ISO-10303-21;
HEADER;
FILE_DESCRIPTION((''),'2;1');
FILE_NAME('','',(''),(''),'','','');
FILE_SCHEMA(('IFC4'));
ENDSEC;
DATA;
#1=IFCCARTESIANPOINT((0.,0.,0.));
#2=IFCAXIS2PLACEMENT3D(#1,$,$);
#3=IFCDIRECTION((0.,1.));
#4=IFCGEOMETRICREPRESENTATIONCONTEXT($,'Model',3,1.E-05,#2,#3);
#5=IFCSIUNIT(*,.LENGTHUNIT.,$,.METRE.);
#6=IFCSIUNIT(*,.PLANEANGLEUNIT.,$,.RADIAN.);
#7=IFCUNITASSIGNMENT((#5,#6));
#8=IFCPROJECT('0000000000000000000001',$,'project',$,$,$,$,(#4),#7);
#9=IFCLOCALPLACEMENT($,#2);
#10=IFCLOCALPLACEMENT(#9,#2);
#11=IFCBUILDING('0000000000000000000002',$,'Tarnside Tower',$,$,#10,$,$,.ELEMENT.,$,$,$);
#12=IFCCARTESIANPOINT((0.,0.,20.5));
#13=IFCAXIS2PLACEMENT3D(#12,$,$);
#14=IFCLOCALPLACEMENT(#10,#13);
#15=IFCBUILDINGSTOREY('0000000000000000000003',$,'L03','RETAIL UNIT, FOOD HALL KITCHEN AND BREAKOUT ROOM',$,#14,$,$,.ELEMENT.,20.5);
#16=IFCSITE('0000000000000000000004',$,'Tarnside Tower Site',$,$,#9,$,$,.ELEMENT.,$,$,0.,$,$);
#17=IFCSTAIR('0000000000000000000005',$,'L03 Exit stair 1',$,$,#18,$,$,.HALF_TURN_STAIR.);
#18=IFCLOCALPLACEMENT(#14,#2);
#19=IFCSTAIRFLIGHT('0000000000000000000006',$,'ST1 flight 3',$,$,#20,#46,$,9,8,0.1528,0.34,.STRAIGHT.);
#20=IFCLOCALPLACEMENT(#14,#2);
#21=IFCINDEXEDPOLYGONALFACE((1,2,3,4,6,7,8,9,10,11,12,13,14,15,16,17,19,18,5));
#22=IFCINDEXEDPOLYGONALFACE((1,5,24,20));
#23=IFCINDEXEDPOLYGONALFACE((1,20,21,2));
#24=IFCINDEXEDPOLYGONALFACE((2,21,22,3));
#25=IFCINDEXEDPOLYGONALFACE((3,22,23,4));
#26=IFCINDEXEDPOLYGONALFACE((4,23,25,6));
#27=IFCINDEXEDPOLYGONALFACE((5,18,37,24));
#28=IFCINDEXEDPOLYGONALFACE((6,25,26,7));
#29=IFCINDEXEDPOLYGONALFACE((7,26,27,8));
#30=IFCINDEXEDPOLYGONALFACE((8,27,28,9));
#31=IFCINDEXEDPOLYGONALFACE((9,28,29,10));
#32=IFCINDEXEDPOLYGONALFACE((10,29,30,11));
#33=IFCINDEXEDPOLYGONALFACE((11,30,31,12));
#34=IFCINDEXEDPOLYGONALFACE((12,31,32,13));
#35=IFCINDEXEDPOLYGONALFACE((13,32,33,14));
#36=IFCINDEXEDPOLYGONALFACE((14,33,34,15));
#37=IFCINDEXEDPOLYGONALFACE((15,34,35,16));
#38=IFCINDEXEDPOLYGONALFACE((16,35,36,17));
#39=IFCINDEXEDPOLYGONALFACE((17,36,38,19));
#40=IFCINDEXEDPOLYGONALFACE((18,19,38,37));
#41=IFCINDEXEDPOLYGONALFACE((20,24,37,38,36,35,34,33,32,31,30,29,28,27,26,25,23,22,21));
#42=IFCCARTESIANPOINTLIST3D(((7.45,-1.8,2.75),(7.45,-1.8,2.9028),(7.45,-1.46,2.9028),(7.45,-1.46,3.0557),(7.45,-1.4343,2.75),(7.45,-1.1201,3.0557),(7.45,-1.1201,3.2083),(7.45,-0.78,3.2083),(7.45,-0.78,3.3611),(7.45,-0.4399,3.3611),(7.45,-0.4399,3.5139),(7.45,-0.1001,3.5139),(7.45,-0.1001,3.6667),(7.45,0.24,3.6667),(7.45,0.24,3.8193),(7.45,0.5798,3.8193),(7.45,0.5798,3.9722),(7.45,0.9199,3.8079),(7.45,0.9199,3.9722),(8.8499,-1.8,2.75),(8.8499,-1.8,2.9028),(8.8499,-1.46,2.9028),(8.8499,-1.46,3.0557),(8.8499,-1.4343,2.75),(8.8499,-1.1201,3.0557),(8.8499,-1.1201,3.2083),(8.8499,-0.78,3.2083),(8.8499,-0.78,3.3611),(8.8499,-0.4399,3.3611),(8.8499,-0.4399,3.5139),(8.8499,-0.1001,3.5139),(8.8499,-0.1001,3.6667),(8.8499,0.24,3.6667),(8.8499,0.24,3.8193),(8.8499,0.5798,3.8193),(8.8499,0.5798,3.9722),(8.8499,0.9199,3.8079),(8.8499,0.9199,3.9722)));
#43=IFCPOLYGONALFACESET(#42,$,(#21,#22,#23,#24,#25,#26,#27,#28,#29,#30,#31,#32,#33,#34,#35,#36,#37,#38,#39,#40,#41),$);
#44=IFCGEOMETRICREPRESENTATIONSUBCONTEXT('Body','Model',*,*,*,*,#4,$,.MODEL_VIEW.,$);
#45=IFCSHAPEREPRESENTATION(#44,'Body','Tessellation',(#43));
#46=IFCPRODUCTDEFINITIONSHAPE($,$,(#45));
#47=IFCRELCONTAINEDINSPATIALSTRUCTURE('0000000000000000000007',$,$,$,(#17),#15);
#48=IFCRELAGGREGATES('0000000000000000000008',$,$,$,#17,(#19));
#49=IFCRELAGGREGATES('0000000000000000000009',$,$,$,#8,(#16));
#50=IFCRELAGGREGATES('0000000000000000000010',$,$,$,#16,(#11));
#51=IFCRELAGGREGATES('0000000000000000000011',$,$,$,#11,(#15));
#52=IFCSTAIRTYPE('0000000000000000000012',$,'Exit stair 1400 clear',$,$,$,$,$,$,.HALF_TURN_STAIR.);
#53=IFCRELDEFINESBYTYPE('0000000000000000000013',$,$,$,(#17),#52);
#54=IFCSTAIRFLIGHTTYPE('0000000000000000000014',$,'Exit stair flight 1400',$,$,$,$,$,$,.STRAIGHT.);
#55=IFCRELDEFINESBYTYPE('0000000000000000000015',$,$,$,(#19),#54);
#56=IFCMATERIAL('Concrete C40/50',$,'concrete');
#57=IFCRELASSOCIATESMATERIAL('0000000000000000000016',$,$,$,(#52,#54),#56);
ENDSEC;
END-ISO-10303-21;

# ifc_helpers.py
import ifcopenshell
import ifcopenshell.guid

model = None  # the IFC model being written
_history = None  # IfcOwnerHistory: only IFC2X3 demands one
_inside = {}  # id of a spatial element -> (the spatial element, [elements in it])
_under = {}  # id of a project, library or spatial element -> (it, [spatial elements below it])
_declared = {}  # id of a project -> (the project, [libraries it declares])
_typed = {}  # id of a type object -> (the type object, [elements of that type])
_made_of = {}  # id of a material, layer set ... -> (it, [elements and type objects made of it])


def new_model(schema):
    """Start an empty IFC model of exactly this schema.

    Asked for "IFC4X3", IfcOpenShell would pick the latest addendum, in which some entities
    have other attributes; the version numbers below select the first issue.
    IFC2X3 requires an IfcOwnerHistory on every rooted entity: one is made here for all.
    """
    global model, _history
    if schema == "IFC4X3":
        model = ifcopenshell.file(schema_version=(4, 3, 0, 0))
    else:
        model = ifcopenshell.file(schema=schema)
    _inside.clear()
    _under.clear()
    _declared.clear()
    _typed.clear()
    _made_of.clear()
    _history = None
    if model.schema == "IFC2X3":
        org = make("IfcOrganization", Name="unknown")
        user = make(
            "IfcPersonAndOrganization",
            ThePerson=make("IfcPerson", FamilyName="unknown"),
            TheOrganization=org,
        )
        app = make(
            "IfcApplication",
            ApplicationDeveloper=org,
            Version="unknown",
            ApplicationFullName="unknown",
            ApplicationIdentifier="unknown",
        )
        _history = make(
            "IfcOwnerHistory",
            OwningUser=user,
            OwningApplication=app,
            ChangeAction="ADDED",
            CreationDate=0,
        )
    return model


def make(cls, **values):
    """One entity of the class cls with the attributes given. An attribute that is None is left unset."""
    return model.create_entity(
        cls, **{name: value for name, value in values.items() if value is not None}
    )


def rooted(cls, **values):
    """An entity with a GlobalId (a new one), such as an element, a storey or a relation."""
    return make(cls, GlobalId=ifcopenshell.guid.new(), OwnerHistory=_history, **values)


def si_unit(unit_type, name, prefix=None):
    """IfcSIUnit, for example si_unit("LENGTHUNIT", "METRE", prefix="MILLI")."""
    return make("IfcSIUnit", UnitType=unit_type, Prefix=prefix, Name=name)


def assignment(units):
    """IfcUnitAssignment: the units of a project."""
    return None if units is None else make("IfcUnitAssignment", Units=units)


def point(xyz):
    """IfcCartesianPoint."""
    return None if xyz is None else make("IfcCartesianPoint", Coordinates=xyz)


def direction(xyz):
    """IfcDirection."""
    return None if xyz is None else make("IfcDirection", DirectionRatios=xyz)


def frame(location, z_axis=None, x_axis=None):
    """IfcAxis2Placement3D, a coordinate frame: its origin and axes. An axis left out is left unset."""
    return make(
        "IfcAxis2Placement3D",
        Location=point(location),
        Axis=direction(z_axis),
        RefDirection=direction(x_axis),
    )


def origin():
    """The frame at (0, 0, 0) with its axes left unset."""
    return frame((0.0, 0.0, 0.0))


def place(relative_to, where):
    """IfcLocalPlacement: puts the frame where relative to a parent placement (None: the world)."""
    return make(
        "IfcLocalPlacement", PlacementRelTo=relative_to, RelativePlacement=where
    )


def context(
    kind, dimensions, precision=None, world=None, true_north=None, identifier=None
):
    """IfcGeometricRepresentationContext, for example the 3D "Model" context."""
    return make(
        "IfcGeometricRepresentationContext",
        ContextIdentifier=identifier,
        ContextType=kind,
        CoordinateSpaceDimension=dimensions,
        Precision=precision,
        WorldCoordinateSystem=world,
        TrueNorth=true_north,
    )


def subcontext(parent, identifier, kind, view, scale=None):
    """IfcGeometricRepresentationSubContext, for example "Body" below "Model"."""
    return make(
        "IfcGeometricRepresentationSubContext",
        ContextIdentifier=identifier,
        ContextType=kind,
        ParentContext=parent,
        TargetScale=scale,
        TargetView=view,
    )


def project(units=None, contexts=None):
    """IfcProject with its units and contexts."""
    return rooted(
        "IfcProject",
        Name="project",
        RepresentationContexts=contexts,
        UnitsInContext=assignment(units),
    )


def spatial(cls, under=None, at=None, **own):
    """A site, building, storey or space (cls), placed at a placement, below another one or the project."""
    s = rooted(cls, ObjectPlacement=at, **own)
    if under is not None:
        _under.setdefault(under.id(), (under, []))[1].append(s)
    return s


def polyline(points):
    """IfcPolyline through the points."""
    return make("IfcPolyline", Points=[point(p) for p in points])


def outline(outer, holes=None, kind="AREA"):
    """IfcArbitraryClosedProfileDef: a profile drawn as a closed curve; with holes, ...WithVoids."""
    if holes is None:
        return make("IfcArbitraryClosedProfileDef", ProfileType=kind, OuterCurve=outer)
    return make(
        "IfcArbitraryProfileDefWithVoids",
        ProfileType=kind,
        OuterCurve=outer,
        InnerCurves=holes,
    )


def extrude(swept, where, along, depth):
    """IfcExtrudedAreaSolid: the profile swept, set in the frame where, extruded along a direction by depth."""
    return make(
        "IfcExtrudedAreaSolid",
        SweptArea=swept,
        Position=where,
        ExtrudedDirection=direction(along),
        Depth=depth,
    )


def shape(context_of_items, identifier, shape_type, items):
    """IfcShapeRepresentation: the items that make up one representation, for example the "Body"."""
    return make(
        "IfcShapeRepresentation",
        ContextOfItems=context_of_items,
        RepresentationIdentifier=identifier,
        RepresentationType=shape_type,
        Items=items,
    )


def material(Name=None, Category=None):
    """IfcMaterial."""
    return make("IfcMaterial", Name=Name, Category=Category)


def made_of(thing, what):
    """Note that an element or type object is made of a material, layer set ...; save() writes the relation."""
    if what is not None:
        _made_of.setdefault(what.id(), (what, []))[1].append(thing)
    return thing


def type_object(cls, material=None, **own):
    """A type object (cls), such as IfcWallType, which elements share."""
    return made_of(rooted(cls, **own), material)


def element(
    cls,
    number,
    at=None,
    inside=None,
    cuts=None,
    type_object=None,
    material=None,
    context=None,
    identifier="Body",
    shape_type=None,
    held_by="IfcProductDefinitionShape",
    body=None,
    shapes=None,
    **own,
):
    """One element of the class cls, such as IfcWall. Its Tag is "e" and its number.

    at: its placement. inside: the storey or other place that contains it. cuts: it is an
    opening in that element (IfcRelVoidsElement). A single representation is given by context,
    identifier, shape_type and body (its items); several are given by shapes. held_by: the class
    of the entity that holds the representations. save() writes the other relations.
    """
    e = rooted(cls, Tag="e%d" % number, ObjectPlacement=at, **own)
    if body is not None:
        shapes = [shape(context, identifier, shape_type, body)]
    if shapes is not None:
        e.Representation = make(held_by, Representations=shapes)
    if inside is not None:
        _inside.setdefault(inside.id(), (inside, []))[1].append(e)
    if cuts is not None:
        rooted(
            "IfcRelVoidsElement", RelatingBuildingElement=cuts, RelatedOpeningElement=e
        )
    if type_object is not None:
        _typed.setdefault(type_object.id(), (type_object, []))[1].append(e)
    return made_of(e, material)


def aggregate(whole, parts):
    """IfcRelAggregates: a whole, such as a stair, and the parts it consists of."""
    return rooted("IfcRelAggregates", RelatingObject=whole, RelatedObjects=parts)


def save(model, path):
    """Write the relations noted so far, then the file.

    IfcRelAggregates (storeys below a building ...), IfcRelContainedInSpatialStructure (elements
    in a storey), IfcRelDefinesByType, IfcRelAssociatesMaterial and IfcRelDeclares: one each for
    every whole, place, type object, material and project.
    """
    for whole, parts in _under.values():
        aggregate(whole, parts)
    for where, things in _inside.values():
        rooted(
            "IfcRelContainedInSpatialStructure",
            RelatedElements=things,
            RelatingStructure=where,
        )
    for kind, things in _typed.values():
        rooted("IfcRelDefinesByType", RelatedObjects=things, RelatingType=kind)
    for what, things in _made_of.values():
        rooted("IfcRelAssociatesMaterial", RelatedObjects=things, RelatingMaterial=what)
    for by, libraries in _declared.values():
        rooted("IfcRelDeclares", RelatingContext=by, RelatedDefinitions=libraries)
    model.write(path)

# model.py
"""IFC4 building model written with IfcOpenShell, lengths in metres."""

from ifc_helpers import new_model, si_unit, direction, frame, origin, place, context, subcontext, project, spatial, polyline, outline, extrude, material, type_object, element, aggregate, save


model = new_model("IFC4")

# Units and contexts
model_context = context("Model", 3, precision=1e-05, world=origin(), true_north=direction((0.0, 1.0)))
body_context = subcontext(model_context, "Body", "Model", "MODEL_VIEW")
ifc_project = project(units=[si_unit("LENGTHUNIT", "METRE"), si_unit("PLANEANGLEUNIT", "RADIAN")], contexts=[model_context])

# Site, building, storey
site_placement = place(None, origin())
site = spatial("IfcSite", under=ifc_project, at=site_placement, Name="Tarnside Tower Site", CompositionType="ELEMENT", RefElevation=0.0)
building_placement = place(site_placement, origin())
building = spatial("IfcBuilding", under=site, at=building_placement, Name="Tarnside Tower", CompositionType="ELEMENT")
storey_placement = place(building_placement, frame((0.0, 0.0, 20.5)))
storey = spatial("IfcBuildingStorey", under=building, at=storey_placement, Name="L03", Description="RETAIL UNIT, FOOD HALL KITCHEN AND BREAKOUT ROOM", CompositionType="ELEMENT", Elevation=20.5)

# Shared definitions
ifc_material_1 = material(Name="Concrete C40/50", Category="concrete")

# Stair, stair flight
stair_type = type_object("IfcStairType", Name="Exit stair 1400 clear", PredefinedType="HALF_TURN_STAIR", material=ifc_material_1)
stair_placement = place(storey_placement, origin())
stair = element("IfcStair", 1, at=stair_placement, inside=storey, type_object=stair_type, Name="L03 Exit stair 1", PredefinedType="HALF_TURN_STAIR")
stair_flight_type = type_object("IfcStairFlightType", Name="Exit stair flight 1400", PredefinedType="STRAIGHT", material=ifc_material_1)
stair_flight_1_placement = place(storey_placement, frame((8.1499, -1.8, 2.75), z_axis=(0.0, 0.0, 1.0), x_axis=(0.0, 1.0, 0.0)))
stair_flight_1 = element("IfcStairFlight", 2, at=stair_flight_1_placement, type_object=stair_flight_type, Name="ST1 flight 3", NumberOfRisers=9, NumberOfTreads=8, PredefinedType="STRAIGHT", RiserHeight=0.1528, TreadLength=0.34, context=body_context, shape_type="SweptSolid", body=[
    extrude(outline(polyline([(0.0, 0.0), (0.0, 0.1528), (0.3401, 0.1528), (0.3401, 0.3057), (0.6799, 0.3057), (0.6799, 0.4583), (1.02, 0.4583), (1.02, 0.6111), (1.3601, 0.6111), (1.3601, 0.7639), (1.7, 0.7639), (1.7, 0.9167), (2.04, 0.9167), (2.04, 1.0693), (2.3799, 1.0693), (2.3799, 1.2222), (2.72, 1.2222), (2.72, 1.375), (2.72, 1.0579), (0.3657, 0.0), (0.0, 0.0)])), frame((0.0, 0.7, 0.0), z_axis=(0.0, -1.0, 0.0), x_axis=(1.0, 0.0, 0.0)), (0.0, 0.0, 1.0), 1.3999),
])
aggregate(stair, [stair_flight_1])

save(model, "model.ifc")
